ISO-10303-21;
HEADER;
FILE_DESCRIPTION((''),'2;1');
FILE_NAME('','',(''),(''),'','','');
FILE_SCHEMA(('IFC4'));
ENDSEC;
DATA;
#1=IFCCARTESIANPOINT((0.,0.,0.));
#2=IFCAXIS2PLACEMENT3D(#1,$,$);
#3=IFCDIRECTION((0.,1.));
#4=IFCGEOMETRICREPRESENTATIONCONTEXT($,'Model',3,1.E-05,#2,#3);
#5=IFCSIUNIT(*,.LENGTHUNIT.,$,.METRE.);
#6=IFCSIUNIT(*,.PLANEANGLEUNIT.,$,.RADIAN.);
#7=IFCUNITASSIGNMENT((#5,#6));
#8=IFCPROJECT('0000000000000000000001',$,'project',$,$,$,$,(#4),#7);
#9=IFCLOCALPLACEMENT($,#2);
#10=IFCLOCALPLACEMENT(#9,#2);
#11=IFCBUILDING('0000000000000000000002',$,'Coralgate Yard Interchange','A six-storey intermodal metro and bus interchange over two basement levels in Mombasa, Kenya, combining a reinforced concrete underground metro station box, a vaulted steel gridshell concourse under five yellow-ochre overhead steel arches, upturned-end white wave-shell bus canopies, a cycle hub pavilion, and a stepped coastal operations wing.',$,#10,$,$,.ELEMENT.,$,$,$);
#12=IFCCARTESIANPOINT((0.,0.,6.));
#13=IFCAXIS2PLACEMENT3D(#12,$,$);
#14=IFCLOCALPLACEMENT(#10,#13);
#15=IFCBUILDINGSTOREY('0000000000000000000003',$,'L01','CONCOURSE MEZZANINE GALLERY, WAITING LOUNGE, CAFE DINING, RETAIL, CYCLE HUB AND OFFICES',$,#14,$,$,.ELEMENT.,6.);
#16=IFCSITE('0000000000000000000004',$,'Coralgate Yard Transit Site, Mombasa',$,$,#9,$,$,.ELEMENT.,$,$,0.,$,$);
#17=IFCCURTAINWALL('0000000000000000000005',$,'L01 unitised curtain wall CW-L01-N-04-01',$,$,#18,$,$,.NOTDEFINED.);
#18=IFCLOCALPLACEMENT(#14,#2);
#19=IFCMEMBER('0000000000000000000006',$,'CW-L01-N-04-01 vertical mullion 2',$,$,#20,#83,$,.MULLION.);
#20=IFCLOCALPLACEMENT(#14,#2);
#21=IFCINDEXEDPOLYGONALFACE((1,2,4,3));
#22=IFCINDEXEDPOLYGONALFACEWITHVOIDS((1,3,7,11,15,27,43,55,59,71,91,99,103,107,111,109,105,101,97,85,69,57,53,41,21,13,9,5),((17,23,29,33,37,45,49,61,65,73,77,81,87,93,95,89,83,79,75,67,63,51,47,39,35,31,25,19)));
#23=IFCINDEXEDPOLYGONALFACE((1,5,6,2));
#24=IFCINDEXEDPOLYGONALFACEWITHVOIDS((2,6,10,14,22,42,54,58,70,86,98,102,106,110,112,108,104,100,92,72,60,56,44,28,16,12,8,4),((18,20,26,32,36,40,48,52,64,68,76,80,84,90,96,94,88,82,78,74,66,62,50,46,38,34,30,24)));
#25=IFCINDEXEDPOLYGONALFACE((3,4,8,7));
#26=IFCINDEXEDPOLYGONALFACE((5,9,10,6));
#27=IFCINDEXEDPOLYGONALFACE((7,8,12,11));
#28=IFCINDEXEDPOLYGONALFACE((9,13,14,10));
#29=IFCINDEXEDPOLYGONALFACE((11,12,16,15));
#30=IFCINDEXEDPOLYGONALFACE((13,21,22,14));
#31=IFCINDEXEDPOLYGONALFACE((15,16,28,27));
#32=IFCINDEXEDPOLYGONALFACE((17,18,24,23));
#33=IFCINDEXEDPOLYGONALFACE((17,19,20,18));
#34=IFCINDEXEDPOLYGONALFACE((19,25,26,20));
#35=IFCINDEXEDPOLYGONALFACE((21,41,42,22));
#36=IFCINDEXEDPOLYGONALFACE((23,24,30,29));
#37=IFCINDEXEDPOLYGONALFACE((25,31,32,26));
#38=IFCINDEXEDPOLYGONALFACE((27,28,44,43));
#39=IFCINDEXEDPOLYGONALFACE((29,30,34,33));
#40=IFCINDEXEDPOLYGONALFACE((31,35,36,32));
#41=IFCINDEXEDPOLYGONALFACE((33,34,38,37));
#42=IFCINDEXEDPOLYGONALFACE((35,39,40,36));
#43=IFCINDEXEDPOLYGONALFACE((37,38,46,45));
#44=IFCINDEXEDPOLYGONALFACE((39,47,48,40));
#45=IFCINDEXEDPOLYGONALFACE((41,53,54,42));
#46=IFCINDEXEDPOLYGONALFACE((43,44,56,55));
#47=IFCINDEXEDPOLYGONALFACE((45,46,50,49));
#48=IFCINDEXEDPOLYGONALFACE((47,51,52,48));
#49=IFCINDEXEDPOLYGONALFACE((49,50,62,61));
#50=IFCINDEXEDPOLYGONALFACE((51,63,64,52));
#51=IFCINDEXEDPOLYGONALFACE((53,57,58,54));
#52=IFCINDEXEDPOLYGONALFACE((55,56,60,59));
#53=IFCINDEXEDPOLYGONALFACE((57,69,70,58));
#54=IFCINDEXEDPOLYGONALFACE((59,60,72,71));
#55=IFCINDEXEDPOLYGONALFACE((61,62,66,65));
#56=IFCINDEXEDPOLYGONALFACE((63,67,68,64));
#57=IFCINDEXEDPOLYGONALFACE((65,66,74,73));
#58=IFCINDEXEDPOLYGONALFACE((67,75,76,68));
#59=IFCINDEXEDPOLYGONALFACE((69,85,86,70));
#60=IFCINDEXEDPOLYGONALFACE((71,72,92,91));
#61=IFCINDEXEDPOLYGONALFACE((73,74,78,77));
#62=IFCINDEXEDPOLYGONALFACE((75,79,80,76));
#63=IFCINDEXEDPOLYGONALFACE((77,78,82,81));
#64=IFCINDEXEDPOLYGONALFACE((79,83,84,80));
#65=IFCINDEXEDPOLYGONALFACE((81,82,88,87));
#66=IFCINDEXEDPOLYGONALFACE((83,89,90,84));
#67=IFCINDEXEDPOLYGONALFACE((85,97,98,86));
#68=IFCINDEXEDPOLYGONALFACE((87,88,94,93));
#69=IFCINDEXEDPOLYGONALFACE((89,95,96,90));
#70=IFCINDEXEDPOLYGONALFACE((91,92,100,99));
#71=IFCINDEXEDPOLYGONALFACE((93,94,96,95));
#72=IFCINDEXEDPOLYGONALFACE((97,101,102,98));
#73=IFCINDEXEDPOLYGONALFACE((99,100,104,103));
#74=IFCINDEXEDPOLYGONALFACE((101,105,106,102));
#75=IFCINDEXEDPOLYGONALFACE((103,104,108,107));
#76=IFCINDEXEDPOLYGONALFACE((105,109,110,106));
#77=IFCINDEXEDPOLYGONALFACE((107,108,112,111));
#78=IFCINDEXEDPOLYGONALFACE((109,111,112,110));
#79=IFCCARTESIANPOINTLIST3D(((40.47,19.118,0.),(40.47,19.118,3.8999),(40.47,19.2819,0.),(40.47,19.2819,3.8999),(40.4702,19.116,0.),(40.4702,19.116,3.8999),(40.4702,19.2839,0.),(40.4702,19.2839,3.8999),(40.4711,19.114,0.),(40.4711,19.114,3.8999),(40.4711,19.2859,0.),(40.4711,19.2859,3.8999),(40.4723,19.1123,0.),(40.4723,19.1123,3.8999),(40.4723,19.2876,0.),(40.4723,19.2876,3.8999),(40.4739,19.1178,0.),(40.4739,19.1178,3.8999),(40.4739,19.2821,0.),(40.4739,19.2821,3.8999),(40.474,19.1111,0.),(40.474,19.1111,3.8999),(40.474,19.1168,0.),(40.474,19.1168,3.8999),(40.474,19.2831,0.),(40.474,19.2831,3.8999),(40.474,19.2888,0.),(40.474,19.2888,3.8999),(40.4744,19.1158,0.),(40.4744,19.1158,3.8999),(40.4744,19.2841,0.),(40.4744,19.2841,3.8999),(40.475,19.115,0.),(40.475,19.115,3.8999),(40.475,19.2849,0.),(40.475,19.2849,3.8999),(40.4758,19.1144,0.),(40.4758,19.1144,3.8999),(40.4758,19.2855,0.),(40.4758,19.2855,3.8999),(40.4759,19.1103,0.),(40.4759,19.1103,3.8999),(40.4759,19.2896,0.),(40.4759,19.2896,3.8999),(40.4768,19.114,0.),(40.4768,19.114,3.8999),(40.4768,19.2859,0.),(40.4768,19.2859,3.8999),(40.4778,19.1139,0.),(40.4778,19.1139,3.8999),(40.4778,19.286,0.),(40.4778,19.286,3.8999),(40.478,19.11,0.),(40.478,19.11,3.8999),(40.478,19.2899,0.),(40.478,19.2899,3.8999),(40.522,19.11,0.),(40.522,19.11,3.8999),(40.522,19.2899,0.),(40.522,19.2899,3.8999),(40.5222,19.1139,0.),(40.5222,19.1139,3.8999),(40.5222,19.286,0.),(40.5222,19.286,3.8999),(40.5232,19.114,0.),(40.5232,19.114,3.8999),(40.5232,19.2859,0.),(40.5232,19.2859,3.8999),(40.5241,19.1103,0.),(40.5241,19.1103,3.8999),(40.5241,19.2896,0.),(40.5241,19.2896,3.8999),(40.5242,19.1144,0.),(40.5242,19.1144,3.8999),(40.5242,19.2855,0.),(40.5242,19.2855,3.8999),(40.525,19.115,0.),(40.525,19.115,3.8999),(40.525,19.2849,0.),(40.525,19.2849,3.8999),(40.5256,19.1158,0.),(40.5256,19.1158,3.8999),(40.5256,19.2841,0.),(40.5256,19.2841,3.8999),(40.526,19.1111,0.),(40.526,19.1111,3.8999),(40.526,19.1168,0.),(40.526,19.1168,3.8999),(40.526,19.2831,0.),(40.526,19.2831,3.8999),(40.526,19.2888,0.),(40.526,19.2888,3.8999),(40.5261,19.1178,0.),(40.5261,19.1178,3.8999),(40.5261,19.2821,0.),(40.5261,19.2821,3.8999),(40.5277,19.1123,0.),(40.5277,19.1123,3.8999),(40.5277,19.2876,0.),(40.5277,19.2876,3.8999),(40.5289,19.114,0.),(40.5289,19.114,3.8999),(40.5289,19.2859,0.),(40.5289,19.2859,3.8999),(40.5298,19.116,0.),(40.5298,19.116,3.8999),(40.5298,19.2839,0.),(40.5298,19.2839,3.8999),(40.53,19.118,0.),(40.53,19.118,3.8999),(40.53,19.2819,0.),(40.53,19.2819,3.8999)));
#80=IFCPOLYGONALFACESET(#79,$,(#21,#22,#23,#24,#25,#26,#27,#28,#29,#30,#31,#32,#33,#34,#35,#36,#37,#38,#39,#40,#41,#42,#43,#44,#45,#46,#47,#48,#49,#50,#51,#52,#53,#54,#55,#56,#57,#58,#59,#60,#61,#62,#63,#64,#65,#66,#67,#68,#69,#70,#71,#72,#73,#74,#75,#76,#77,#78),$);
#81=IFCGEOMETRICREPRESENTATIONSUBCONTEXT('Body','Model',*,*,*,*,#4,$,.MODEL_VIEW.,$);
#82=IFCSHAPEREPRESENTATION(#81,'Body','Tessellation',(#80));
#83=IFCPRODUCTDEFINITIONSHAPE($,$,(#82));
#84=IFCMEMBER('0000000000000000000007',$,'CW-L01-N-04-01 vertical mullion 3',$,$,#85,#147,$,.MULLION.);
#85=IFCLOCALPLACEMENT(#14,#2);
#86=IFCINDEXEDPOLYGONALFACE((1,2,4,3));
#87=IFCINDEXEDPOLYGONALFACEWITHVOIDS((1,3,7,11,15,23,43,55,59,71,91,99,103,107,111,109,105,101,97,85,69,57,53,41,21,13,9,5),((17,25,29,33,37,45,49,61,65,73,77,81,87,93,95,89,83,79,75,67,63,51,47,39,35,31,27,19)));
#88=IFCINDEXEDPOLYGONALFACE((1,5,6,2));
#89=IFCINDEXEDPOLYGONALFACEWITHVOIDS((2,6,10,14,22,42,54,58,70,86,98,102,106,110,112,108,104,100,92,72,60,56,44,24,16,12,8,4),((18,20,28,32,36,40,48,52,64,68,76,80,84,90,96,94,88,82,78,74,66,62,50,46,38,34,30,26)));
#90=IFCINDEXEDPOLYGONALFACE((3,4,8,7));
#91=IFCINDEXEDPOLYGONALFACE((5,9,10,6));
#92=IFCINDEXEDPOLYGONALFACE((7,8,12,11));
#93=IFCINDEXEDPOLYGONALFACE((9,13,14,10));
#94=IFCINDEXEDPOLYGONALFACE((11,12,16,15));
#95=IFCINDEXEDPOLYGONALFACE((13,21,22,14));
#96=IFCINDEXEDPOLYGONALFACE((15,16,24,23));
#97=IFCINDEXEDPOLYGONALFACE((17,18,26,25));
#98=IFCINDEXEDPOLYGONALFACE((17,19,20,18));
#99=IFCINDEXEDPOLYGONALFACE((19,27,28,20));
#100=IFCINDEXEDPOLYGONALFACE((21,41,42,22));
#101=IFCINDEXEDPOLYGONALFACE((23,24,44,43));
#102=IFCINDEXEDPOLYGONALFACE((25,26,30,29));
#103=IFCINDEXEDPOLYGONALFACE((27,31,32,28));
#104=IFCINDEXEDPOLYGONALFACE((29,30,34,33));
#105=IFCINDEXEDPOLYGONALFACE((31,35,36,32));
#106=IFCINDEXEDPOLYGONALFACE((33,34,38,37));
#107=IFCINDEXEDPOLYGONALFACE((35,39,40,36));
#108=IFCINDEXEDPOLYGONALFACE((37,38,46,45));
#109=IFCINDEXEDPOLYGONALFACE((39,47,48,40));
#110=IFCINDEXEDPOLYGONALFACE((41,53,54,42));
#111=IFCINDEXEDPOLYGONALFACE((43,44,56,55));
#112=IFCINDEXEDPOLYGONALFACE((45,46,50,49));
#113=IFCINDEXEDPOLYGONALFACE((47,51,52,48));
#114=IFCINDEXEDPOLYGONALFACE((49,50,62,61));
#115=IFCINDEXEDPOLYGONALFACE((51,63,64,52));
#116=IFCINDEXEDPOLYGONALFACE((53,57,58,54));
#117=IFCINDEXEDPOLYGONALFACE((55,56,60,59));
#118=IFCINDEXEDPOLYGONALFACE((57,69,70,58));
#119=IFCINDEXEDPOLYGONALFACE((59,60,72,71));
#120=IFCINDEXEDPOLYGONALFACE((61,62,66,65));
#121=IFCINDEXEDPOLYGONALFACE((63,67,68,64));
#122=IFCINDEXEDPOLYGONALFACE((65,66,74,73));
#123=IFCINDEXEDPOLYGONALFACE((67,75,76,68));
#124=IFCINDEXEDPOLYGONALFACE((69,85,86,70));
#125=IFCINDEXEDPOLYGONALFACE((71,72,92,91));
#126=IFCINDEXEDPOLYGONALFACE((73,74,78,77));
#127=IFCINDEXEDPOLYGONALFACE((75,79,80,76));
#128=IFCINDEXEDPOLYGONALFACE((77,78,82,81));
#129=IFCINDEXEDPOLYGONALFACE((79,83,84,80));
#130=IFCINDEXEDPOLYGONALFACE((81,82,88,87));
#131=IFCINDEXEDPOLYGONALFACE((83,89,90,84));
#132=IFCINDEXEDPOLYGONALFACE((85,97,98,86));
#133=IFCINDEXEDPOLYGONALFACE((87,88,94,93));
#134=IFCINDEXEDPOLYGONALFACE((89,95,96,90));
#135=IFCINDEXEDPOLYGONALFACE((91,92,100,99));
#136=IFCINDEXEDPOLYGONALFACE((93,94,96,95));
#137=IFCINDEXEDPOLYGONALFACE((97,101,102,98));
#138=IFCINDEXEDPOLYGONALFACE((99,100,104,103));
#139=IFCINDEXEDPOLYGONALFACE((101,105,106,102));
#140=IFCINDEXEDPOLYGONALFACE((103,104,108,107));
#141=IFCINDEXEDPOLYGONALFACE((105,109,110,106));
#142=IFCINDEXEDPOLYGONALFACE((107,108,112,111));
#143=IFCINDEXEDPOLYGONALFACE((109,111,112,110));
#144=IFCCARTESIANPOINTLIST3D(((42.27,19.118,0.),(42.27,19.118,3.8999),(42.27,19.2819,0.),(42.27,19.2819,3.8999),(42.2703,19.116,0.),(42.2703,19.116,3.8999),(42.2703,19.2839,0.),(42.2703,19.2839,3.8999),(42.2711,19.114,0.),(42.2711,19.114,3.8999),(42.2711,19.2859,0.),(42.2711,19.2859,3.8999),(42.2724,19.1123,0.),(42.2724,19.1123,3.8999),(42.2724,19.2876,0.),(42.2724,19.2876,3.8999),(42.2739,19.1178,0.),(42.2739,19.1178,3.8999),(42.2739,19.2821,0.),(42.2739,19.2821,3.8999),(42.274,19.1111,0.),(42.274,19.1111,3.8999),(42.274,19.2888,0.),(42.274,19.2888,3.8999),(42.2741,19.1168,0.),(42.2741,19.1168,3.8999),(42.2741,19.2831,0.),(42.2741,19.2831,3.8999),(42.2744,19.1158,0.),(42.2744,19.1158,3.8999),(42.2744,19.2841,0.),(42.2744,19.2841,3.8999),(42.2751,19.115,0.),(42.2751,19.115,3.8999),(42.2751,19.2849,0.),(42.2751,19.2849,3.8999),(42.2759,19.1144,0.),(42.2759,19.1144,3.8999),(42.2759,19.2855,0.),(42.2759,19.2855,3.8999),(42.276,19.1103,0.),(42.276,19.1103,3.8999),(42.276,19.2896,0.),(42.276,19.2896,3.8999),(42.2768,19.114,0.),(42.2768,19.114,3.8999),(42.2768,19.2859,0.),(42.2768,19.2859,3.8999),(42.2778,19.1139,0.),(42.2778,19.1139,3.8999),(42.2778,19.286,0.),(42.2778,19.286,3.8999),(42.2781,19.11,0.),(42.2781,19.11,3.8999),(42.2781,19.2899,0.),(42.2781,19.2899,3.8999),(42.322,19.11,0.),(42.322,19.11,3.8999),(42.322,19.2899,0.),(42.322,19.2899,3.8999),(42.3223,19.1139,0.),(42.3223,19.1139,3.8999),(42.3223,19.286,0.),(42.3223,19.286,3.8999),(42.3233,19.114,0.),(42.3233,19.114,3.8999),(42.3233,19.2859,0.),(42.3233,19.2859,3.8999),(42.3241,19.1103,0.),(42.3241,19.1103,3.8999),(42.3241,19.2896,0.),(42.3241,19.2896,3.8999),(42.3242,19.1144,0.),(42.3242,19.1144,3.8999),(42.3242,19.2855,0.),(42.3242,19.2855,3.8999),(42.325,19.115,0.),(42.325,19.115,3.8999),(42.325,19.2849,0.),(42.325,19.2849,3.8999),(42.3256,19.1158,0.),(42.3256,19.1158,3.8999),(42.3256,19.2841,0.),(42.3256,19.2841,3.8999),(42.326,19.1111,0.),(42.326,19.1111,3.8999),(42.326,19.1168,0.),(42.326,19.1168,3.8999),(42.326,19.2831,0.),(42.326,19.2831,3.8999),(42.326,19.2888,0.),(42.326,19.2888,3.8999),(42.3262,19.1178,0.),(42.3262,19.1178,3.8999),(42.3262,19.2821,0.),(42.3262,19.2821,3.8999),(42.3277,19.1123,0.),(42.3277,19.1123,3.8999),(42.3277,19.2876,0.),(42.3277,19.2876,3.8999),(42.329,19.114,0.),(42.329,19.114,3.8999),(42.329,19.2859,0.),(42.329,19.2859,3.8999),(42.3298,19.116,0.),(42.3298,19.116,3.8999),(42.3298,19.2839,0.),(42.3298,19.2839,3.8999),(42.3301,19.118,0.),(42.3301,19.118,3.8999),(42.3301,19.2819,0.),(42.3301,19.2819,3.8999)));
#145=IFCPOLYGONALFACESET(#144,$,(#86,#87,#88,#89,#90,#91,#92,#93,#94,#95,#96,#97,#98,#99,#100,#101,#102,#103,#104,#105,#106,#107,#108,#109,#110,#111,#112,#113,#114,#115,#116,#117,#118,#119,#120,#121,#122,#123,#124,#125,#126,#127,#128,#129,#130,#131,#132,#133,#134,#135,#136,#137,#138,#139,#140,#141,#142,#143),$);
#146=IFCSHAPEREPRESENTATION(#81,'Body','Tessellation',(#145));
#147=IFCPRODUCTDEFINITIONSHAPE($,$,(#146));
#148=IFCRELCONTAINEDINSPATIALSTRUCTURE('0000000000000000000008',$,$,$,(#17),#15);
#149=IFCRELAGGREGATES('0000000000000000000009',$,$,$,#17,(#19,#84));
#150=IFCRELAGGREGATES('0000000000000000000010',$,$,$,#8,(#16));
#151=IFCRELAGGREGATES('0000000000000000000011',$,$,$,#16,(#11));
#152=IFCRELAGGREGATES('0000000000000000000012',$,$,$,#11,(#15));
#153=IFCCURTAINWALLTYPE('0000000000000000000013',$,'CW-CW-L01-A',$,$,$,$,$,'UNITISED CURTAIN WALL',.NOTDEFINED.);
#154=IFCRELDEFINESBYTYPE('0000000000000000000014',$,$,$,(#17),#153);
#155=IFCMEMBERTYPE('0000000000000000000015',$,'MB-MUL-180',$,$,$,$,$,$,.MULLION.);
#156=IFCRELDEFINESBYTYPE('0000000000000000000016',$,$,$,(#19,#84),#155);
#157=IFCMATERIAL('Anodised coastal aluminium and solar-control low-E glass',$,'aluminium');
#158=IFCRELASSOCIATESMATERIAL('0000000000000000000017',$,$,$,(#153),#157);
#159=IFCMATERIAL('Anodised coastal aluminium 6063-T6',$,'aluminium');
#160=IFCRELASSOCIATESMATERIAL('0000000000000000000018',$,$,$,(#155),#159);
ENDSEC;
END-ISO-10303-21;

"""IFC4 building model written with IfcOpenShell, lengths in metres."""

from ifc_helpers import new_model, si_unit, direction, frame, origin, origin_2d, place, context, subcontext, project, spatial, hollow_rectangle, extrude, material, material_profile, profile_set, type_object, element, aggregate, save


model = new_model("IFC4")

# Units and contexts
model_context = context("Model", 3, precision=1e-05, world=origin(), true_north=direction((0.0, 1.0)))
body_context = subcontext(model_context, "Body", "Model", "MODEL_VIEW")
ifc_project = project(units=[si_unit("LENGTHUNIT", "METRE"), si_unit("PLANEANGLEUNIT", "RADIAN")], contexts=[model_context])

# Site, building, storey
site_placement = place(None, origin())
site = spatial("IfcSite", under=ifc_project, at=site_placement, Name="Coralgate Yard Transit Site, Mombasa", CompositionType="ELEMENT", RefElevation=0.0)
building_placement = place(site_placement, origin())
building = spatial("IfcBuilding", under=site, at=building_placement, Name="Coralgate Yard Interchange", Description="A six-storey intermodal metro and bus interchange over two basement levels in Mombasa, Kenya, combining a reinforced concrete underground metro station box, a vaulted steel gridshell concourse under five yellow-ochre overhead steel arches, upturned-end white wave-shell bus canopies, a cycle hub pavilion, and a stepped coastal operations wing.", CompositionType="ELEMENT")
storey_placement = place(building_placement, frame((0.0, 0.0, 6.0)))
storey = spatial("IfcBuildingStorey", under=building, at=storey_placement, Name="L01", Description="CONCOURSE MEZZANINE GALLERY, WAITING LOUNGE, CAFE DINING, RETAIL, CYCLE HUB AND OFFICES", CompositionType="ELEMENT", Elevation=6.0)

# Curtain wall, members
ifc_material_1 = material(Name="Anodised coastal aluminium and solar-control low-E glass", Category="aluminium")
curtain_wall_type = type_object("IfcCurtainWallType", Name="CW-CW-L01-A", ElementType="UNITISED CURTAIN WALL", PredefinedType="NOTDEFINED", material=ifc_material_1)
curtain_wall_placement = place(storey_placement, origin())
curtain_wall = element("IfcCurtainWall", 1, at=curtain_wall_placement, inside=storey, type_object=curtain_wall_type, Name="L01 unitised curtain wall CW-L01-N-04-01", PredefinedType="NOTDEFINED")
ifc_material_2 = material(Name="Anodised coastal aluminium 6063-T6", Category="aluminium")
ifc_material_profile_1 = material_profile(ifc_material_2, hollow_rectangle(XDim=0.0601, YDim=0.1799, WallThickness=0.0039, InnerFilletRadius=0.0039, OuterFilletRadius=0.0081, at=origin_2d()), Name="ALU 60x180x4")
ifc_profile_set_1 = profile_set([ifc_material_profile_1], Name="Anodised coastal aluminium 6063-T6")
member_type_1 = type_object("IfcMemberType", Name="MB-MUL-180", PredefinedType="MULLION", material=ifc_profile_set_1)
member_1_placement = place(storey_placement, frame((40.5, 19.2, 0.0), z_axis=(0.0, 0.0, 1.0), x_axis=(1.0, 0.0, 0.0)))
member_1 = element("IfcMember", 2, at=member_1_placement, type_object=member_type_1, Name="CW-L01-N-04-01 vertical mullion 2", PredefinedType="MULLION", context=body_context, shape_type="SweptSolid", body=[
    extrude(hollow_rectangle(XDim=0.0601, YDim=0.1799, WallThickness=0.0039, InnerFilletRadius=0.0039, OuterFilletRadius=0.0081, at=origin_2d()), origin(), (0.0, 0.0, 1.0), 3.8999),
])
member_2_placement = place(storey_placement, frame((42.3, 19.2, 0.0), z_axis=(0.0, 0.0, 1.0), x_axis=(1.0, 0.0, 0.0)))
member_2 = element("IfcMember", 3, at=member_2_placement, type_object=member_type_1, Name="CW-L01-N-04-01 vertical mullion 3", PredefinedType="MULLION", context=body_context, shape_type="SweptSolid", body=[
    extrude(hollow_rectangle(XDim=0.0601, YDim=0.1799, WallThickness=0.0039, InnerFilletRadius=0.0039, OuterFilletRadius=0.0081, at=origin_2d()), origin(), (0.0, 0.0, 1.0), 3.8999),
])
aggregate(curtain_wall, [member_1, member_2])

save(model, "model.ifc")
